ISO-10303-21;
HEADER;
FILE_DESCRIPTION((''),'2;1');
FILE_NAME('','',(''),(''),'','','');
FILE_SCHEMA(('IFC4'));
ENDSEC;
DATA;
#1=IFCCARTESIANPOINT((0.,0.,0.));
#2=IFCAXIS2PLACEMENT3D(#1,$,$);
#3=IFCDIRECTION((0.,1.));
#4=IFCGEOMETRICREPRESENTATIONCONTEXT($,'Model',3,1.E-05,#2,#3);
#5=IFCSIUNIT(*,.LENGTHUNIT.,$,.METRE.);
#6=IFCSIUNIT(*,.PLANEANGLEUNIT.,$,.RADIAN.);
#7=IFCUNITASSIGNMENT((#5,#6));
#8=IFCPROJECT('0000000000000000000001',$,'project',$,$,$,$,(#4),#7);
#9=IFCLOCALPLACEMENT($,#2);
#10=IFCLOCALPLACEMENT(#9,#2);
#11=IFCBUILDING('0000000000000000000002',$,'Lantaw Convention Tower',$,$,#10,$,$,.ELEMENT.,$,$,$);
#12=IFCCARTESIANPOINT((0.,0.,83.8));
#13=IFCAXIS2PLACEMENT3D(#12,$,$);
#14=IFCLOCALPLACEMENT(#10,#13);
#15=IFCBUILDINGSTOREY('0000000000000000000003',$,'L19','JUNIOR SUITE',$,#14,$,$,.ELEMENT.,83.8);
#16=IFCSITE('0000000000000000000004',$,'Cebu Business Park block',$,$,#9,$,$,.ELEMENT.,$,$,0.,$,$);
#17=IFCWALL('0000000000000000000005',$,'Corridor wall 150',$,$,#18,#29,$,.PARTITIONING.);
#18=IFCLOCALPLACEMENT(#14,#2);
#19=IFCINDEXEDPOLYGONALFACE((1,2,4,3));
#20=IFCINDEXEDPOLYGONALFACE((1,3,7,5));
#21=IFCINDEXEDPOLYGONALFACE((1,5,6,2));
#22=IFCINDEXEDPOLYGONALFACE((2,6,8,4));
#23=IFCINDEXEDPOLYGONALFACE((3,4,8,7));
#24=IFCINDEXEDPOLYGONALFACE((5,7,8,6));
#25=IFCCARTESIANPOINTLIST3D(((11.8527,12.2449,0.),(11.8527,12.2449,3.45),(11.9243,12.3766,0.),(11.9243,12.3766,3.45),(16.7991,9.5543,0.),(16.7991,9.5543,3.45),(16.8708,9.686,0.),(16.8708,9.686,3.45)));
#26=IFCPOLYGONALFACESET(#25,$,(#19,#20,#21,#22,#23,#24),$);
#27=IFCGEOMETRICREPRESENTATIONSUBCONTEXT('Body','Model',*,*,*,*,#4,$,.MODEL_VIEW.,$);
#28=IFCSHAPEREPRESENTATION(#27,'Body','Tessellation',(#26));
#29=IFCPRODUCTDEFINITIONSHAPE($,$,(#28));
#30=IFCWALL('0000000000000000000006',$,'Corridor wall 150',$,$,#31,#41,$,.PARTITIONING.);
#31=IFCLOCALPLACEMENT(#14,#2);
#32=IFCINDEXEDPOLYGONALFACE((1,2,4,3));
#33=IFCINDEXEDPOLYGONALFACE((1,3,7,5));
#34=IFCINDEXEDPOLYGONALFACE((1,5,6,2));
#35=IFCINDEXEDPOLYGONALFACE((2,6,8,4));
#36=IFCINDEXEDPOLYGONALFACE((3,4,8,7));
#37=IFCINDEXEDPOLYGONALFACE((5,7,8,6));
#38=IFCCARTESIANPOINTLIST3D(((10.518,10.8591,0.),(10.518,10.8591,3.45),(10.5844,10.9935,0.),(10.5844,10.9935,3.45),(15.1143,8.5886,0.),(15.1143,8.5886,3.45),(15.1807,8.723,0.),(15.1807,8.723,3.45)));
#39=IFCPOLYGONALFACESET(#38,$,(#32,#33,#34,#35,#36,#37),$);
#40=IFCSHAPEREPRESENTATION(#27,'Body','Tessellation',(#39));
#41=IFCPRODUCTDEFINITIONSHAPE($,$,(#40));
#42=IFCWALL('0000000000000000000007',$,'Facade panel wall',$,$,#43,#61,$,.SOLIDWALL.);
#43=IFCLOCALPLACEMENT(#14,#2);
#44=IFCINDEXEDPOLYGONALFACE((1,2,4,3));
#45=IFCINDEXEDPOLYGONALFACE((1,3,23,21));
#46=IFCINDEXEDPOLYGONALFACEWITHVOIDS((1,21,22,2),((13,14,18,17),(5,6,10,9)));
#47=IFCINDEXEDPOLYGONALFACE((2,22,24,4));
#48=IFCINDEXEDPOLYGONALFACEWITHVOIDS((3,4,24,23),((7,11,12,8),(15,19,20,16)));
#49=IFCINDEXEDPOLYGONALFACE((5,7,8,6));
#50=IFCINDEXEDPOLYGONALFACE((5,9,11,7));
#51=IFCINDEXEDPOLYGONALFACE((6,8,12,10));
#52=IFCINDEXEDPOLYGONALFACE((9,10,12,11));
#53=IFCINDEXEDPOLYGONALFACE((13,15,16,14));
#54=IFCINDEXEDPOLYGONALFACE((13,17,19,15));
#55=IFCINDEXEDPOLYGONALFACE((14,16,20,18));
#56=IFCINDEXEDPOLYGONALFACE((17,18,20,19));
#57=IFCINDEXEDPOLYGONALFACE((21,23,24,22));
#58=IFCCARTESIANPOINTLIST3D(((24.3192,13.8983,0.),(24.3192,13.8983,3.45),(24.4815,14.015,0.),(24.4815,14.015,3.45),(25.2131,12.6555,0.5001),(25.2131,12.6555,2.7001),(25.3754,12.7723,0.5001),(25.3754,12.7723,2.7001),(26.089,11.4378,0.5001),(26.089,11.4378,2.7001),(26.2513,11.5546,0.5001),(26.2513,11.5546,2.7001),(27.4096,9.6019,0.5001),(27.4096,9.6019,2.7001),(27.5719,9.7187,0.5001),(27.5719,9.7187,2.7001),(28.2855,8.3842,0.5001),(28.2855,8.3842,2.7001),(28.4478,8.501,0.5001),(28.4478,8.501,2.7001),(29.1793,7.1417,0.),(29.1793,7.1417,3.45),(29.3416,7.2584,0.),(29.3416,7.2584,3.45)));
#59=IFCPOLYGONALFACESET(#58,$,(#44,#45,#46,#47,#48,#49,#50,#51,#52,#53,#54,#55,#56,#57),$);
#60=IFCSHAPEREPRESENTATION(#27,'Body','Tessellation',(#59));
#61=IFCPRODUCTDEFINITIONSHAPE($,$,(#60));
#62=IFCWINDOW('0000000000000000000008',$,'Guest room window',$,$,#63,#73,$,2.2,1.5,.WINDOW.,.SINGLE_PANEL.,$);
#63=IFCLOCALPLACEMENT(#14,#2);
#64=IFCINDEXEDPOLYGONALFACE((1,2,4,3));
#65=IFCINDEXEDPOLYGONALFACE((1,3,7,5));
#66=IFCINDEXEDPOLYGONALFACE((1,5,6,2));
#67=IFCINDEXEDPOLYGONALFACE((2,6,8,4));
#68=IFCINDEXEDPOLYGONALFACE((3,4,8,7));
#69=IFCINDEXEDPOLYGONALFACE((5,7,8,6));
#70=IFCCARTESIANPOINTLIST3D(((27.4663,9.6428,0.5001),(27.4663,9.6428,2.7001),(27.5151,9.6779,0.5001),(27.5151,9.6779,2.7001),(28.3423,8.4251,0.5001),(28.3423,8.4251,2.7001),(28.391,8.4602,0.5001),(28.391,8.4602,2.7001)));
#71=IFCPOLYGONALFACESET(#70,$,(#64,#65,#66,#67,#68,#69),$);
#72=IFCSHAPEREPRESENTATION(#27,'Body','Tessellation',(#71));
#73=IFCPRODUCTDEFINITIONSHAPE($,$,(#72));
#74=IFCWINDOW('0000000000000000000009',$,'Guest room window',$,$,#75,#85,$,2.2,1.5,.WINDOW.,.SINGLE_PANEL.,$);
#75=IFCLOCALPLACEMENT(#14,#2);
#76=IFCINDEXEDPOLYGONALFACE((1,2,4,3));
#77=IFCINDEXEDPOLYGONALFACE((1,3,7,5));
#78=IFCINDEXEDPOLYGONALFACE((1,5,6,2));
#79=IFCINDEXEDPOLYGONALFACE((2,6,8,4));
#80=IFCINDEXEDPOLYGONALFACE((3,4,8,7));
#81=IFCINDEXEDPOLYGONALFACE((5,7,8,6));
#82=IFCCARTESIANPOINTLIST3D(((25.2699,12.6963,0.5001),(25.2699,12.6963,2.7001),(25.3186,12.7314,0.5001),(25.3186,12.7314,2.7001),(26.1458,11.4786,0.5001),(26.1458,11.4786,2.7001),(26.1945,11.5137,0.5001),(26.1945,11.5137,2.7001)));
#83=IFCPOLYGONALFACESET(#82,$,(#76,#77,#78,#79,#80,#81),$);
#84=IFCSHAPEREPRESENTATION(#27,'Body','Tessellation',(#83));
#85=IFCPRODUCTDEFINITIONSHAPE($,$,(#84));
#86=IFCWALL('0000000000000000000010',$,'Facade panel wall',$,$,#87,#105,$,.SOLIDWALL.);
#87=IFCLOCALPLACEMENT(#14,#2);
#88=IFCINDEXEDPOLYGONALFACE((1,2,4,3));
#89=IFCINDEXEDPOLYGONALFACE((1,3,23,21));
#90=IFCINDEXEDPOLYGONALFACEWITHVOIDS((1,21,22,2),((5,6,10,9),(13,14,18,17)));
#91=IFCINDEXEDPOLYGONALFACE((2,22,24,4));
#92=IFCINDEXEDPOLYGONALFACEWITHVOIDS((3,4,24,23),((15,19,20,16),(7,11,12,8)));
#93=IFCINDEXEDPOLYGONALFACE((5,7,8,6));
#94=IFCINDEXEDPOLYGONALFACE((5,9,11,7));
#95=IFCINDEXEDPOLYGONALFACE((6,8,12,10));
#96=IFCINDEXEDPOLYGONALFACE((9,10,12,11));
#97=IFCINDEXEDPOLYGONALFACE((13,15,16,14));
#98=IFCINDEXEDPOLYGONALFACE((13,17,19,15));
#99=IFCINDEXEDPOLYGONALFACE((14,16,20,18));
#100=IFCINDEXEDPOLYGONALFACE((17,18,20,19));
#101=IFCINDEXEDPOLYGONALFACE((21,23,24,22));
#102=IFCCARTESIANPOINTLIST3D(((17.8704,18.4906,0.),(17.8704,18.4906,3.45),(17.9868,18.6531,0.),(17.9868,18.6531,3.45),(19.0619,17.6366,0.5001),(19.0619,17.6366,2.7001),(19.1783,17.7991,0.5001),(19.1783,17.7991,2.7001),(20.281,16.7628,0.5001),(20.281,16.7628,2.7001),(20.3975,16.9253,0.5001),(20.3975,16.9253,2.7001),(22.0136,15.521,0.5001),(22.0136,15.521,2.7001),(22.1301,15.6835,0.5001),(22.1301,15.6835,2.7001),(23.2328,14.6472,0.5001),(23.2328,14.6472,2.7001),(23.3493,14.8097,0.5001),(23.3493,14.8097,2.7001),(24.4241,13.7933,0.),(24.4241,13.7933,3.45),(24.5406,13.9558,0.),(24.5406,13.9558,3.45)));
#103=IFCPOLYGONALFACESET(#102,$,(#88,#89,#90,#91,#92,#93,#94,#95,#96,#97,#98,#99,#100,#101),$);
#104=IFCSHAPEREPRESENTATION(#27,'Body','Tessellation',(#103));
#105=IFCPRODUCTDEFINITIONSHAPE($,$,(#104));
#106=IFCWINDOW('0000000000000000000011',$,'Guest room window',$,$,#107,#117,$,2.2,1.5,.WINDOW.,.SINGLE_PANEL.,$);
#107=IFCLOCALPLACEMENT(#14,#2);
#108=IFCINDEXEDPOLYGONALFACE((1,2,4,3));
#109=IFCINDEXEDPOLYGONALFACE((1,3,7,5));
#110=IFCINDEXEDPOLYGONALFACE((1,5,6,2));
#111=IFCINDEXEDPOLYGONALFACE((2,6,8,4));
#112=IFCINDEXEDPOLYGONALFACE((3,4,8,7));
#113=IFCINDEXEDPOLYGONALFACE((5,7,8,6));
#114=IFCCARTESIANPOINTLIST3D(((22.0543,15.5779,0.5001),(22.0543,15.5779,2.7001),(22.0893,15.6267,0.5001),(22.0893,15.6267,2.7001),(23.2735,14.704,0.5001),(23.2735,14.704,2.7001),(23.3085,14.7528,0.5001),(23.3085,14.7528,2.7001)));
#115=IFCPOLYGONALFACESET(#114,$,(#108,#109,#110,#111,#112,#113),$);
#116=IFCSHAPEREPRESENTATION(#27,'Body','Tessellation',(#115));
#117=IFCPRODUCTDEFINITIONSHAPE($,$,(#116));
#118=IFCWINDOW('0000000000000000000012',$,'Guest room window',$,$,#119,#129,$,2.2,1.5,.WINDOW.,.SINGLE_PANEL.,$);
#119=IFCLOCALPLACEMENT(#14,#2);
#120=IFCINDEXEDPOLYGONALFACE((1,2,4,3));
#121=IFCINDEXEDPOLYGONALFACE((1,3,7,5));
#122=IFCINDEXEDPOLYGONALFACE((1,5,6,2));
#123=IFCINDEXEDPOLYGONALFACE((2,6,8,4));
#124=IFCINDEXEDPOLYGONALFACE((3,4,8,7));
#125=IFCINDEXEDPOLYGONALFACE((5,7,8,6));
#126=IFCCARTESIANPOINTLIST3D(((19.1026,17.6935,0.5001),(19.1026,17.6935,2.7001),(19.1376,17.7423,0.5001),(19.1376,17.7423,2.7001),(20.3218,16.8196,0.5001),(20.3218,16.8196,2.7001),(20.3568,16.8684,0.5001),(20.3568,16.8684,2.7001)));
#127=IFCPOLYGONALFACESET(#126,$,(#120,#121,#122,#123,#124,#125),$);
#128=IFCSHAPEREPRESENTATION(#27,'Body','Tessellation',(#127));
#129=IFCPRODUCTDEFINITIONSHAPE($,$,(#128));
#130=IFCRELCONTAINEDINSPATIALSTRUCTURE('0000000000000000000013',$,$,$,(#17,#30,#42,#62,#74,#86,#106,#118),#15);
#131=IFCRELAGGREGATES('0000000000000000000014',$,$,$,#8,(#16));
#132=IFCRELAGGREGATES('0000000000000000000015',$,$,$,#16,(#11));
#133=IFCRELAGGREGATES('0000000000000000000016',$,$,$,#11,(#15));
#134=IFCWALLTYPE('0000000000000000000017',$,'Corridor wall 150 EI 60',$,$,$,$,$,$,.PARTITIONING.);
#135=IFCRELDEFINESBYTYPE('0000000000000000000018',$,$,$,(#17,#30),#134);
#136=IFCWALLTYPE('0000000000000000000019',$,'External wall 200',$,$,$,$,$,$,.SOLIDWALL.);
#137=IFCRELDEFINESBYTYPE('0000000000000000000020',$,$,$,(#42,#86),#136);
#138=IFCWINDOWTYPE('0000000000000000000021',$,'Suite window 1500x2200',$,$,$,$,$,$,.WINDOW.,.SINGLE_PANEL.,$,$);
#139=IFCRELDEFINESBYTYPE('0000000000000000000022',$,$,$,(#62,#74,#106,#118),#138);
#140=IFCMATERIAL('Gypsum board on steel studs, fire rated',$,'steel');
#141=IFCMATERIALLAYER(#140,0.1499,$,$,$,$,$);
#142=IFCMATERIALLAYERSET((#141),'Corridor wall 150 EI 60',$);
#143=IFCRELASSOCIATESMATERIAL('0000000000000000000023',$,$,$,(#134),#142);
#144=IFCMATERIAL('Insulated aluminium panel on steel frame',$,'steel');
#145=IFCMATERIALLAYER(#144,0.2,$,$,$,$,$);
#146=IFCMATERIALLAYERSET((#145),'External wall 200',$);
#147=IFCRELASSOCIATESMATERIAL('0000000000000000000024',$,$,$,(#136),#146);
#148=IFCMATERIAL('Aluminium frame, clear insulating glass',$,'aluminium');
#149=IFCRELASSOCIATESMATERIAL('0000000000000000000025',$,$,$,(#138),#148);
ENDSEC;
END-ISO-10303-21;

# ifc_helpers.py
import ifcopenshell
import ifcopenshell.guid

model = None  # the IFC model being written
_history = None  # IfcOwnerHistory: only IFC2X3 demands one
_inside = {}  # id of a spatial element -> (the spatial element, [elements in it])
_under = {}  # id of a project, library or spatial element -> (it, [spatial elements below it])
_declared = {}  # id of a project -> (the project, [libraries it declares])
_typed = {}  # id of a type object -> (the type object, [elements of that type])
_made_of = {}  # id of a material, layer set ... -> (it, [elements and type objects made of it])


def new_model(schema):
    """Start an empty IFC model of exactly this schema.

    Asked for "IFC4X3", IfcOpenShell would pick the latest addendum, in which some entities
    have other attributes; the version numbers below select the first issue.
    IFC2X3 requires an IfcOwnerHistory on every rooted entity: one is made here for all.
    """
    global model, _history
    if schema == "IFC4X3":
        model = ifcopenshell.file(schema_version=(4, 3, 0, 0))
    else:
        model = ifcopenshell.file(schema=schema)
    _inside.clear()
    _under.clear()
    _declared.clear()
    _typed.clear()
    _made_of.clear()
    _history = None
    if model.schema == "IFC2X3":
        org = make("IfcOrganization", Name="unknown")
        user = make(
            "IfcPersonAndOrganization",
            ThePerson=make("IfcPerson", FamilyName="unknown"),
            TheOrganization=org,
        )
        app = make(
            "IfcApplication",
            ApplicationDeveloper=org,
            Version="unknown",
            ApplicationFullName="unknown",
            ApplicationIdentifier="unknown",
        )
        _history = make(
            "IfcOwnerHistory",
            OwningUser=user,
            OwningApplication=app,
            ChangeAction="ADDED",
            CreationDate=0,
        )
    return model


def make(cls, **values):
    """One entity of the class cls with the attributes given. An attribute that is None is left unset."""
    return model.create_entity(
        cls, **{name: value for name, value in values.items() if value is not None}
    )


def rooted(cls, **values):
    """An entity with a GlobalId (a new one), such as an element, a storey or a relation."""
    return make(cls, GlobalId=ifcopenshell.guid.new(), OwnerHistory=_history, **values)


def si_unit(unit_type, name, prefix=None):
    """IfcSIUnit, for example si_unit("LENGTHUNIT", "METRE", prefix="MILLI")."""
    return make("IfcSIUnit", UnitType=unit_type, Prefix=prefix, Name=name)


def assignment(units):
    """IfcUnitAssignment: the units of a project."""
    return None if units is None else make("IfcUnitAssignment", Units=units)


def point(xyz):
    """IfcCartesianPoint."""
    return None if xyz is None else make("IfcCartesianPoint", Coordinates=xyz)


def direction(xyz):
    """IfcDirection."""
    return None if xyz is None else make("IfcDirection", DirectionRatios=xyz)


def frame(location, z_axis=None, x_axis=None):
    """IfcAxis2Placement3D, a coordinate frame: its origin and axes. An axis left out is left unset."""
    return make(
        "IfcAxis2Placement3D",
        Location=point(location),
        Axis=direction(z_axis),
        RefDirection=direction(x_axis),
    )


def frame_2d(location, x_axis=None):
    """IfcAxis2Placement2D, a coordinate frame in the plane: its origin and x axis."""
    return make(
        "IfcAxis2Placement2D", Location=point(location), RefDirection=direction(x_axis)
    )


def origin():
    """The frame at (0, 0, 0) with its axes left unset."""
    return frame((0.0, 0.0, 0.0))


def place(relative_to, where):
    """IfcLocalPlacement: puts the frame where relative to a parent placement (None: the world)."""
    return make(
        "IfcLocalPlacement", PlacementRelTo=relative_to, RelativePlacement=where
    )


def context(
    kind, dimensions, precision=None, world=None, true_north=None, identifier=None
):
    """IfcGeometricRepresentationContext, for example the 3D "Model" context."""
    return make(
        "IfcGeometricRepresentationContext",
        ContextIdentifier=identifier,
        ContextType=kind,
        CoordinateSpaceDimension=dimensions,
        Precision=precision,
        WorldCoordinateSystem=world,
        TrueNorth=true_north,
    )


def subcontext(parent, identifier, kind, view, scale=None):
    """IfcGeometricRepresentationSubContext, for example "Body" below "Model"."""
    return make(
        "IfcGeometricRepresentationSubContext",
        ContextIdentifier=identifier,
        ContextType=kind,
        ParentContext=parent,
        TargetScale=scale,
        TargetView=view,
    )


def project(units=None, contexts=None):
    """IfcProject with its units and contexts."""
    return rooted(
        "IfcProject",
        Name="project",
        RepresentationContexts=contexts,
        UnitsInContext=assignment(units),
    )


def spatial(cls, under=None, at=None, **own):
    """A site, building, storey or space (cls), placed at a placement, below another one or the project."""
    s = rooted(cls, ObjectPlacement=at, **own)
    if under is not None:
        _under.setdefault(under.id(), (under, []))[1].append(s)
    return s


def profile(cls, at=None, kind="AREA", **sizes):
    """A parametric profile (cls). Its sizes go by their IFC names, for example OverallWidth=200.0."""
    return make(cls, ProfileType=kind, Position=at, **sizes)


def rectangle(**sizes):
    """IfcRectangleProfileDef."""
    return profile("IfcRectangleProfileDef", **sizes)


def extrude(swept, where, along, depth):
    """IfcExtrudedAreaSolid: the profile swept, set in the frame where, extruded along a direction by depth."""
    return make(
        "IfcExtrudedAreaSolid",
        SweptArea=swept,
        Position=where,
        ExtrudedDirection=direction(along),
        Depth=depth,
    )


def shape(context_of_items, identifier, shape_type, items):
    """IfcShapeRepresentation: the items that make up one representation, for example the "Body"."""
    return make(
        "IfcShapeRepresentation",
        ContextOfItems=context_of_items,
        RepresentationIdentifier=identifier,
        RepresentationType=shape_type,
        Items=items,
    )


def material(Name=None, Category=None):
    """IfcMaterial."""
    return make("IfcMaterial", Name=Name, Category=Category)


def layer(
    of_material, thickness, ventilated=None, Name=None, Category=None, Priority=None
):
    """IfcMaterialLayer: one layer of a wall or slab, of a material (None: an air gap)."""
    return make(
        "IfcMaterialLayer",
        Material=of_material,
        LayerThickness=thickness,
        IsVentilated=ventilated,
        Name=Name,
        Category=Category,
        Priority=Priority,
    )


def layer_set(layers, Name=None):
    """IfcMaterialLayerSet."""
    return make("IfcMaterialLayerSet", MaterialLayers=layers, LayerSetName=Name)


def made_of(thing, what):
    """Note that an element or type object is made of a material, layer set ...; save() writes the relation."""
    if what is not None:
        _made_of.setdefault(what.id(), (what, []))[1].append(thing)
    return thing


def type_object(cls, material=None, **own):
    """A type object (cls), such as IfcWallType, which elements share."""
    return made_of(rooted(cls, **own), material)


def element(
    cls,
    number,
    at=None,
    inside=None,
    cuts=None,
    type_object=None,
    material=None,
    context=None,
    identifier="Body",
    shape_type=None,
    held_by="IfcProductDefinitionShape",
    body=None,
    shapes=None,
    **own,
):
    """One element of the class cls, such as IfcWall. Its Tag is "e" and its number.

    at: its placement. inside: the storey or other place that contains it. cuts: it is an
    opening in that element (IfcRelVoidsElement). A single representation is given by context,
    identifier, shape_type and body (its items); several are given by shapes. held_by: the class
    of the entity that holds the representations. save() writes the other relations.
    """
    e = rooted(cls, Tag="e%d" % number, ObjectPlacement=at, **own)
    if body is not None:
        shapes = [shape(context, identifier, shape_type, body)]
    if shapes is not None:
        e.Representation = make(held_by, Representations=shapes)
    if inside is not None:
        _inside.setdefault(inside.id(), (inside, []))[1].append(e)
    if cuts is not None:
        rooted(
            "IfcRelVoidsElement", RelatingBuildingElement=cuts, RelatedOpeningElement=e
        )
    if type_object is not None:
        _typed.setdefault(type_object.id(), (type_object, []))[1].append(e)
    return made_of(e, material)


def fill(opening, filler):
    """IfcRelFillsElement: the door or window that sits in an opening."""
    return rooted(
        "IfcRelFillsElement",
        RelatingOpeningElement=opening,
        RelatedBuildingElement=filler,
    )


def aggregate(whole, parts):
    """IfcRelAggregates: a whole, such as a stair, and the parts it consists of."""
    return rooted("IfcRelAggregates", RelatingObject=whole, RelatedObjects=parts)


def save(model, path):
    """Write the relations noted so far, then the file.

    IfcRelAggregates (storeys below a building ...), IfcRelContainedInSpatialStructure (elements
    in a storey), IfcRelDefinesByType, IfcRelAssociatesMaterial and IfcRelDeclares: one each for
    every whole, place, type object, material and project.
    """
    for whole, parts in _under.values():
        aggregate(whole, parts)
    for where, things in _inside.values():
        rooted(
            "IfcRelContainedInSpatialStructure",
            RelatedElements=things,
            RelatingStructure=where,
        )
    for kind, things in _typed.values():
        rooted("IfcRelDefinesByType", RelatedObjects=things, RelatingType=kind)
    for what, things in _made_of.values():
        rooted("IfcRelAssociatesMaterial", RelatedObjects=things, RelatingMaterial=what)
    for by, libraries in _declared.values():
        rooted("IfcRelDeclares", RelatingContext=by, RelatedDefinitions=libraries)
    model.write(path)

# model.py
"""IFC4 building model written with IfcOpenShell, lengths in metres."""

from ifc_helpers import new_model, si_unit, direction, frame, frame_2d, origin, place, context, subcontext, project, spatial, rectangle, extrude, material, layer, layer_set, type_object, element, fill, save


model = new_model("IFC4")

# Units and contexts
model_context = context("Model", 3, precision=1e-05, world=origin(), true_north=direction((0.0, 1.0)))
body_context = subcontext(model_context, "Body", "Model", "MODEL_VIEW")
ifc_project = project(units=[si_unit("LENGTHUNIT", "METRE"), si_unit("PLANEANGLEUNIT", "RADIAN")], contexts=[model_context])

# Site, building, storey
site_placement = place(None, origin())
site = spatial("IfcSite", under=ifc_project, at=site_placement, Name="Cebu Business Park block", CompositionType="ELEMENT", RefElevation=0.0)
building_placement = place(site_placement, origin())
building = spatial("IfcBuilding", under=site, at=building_placement, Name="Lantaw Convention Tower", CompositionType="ELEMENT")
storey_placement = place(building_placement, frame((0.0, 0.0, 83.8)))
storey = spatial("IfcBuildingStorey", under=building, at=storey_placement, Name="L19", Description="JUNIOR SUITE", CompositionType="ELEMENT", Elevation=83.8)

# Walls
ifc_material_1 = material(Name="Gypsum board on steel studs, fire rated", Category="steel")
ifc_layer_1 = layer(ifc_material_1, 0.1499)
ifc_layer_set_1 = layer_set([ifc_layer_1], Name="Corridor wall 150 EI 60")
wall_type_1 = type_object("IfcWallType", Name="Corridor wall 150 EI 60", PredefinedType="PARTITIONING", material=ifc_layer_set_1)
wall_1_placement = place(storey_placement, frame((16.835, 9.6201, 0.0), z_axis=(0.0, 0.0, 1.0), x_axis=(-0.87845, 0.477834, 0.0)))
element("IfcWall", 1, at=wall_1_placement, inside=storey, type_object=wall_type_1, Name="Corridor wall 150", PredefinedType="PARTITIONING", context=body_context, shape_type="SweptSolid", body=[
    extrude(rectangle(XDim=5.6309, YDim=0.1499, at=frame_2d((2.8154, 0.0))), origin(), (0.0, 0.0, 1.0), 3.45),
])
wall_2_placement = place(storey_placement, frame((15.1475, 8.6558, 0.0), z_axis=(0.0, 0.0, 1.0), x_axis=(-0.896569, 0.442903, 0.0)))
element("IfcWall", 2, at=wall_2_placement, inside=storey, type_object=wall_type_1, Name="Corridor wall 150", PredefinedType="PARTITIONING", context=body_context, shape_type="SweptSolid", body=[
    extrude(rectangle(XDim=5.1265, YDim=0.1499, at=frame_2d((2.5632, 0.0))), origin(), (0.0, 0.0, 1.0), 3.45),
])

# Walls, openings, windows
ifc_material_2 = material(Name="Insulated aluminium panel on steel frame", Category="steel")
ifc_layer_2 = layer(ifc_material_2, 0.2)
ifc_layer_set_2 = layer_set([ifc_layer_2], Name="External wall 200")
wall_type_2 = type_object("IfcWallType", Name="External wall 200", PredefinedType="SOLIDWALL", material=ifc_layer_set_2)
wall_3_placement = place(storey_placement, frame((29.2605, 7.2, 0.0), z_axis=(0.0, 0.0, 1.0), x_axis=(-0.583938, 0.811799, 0.0)))
wall_3 = element("IfcWall", 3, at=wall_3_placement, inside=storey, type_object=wall_type_2, Name="Facade panel wall", PredefinedType="SOLIDWALL", context=body_context, shape_type="SweptSolid", body=[
    extrude(rectangle(XDim=8.323, YDim=0.2, at=frame_2d((4.1616, 0.0))), origin(), (0.0, 0.0, 1.0), 3.45),
])
opening_1_placement = place(wall_3_placement, frame((1.5308, 0.0, 0.5)))
opening_1 = element("IfcOpeningElement", 4, at=opening_1_placement, cuts=wall_3, PredefinedType="OPENING", context=body_context, shape_type="SweptSolid", body=[
    extrude(rectangle(XDim=1.5, YDim=2.2, at=frame_2d((0.75, 1.1001))), frame((0.0, 0.1099, 0.0), z_axis=(0.0, -1.0, 0.0), x_axis=(1.0, 0.0, 0.0)), (0.0, 0.0, 1.0), 0.22),
])
opening_2_placement = place(wall_3_placement, frame((5.2922, 0.0, 0.5)))
opening_2 = element("IfcOpeningElement", 5, at=opening_2_placement, cuts=wall_3, PredefinedType="OPENING", context=body_context, shape_type="SweptSolid", body=[
    extrude(rectangle(XDim=1.5, YDim=2.2, at=frame_2d((0.75, 1.1001))), frame((0.0, 0.1099, 0.0), z_axis=(0.0, -1.0, 0.0), x_axis=(1.0, 0.0, 0.0)), (0.0, 0.0, 1.0), 0.22),
])
ifc_material_3 = material(Name="Aluminium frame, clear insulating glass", Category="aluminium")
window_type = type_object("IfcWindowType", Name="Suite window 1500x2200", PartitioningType="SINGLE_PANEL", PredefinedType="WINDOW", material=ifc_material_3)
window_1_placement = place(opening_1_placement, origin())
window_1 = element("IfcWindow", 6, at=window_1_placement, inside=storey, type_object=window_type, Name="Guest room window", OverallHeight=2.2, OverallWidth=1.5, PartitioningType="SINGLE_PANEL", PredefinedType="WINDOW", context=body_context, shape_type="SweptSolid", body=[
    extrude(rectangle(XDim=1.5, YDim=2.2, at=frame_2d((0.75, 1.1001))), frame((0.0, 0.03, 0.0), z_axis=(0.0, -1.0, 0.0), x_axis=(1.0, 0.0, 0.0)), (0.0, 0.0, 1.0), 0.0601),
])
fill(opening_1, window_1)
window_2_placement = place(opening_2_placement, origin())
window_2 = element("IfcWindow", 7, at=window_2_placement, inside=storey, type_object=window_type, Name="Guest room window", OverallHeight=2.2, OverallWidth=1.5, PartitioningType="SINGLE_PANEL", PredefinedType="WINDOW", context=body_context, shape_type="SweptSolid", body=[
    extrude(rectangle(XDim=1.5, YDim=2.2, at=frame_2d((0.75, 1.1001))), frame((0.0, 0.03, 0.0), z_axis=(0.0, -1.0, 0.0), x_axis=(1.0, 0.0, 0.0)), (0.0, 0.0, 1.0), 0.0601),
])
fill(opening_2, window_2)
wall_4_placement = place(storey_placement, frame((24.4824, 13.8745, 0.0), z_axis=(0.0, 0.0, 1.0), x_axis=(-0.812791, 0.582555, 0.0)))
wall_4 = element("IfcWall", 8, at=wall_4_placement, inside=storey, type_object=wall_type_2, Name="Facade panel wall", PredefinedType="SOLIDWALL", context=body_context, shape_type="SweptSolid", body=[
    extrude(rectangle(XDim=8.0632, YDim=0.2, at=frame_2d((4.0317, 0.0))), origin(), (0.0, 0.0, 1.0), 3.45),
])
opening_3_placement = place(wall_4_placement, frame((1.4658, 0.0, 0.5)))
opening_3 = element("IfcOpeningElement", 9, at=opening_3_placement, cuts=wall_4, PredefinedType="OPENING", context=body_context, shape_type="SweptSolid", body=[
    extrude(rectangle(XDim=1.5, YDim=2.2, at=frame_2d((0.75, 1.1001))), frame((0.0, 0.1099, 0.0), z_axis=(0.0, -1.0, 0.0), x_axis=(1.0, 0.0, 0.0)), (0.0, 0.0, 1.0), 0.22),
])
opening_4_placement = place(wall_4_placement, frame((5.0974, 0.0, 0.5)))
opening_4 = element("IfcOpeningElement", 10, at=opening_4_placement, cuts=wall_4, PredefinedType="OPENING", context=body_context, shape_type="SweptSolid", body=[
    extrude(rectangle(XDim=1.5, YDim=2.2, at=frame_2d((0.75, 1.1001))), frame((0.0, 0.1099, 0.0), z_axis=(0.0, -1.0, 0.0), x_axis=(1.0, 0.0, 0.0)), (0.0, 0.0, 1.0), 0.22),
])
window_3_placement = place(opening_3_placement, origin())
window_3 = element("IfcWindow", 11, at=window_3_placement, inside=storey, type_object=window_type, Name="Guest room window", OverallHeight=2.2, OverallWidth=1.5, PartitioningType="SINGLE_PANEL", PredefinedType="WINDOW", context=body_context, shape_type="SweptSolid", body=[
    extrude(rectangle(XDim=1.5, YDim=2.2, at=frame_2d((0.75, 1.1001))), frame((0.0, 0.03, 0.0), z_axis=(0.0, -1.0, 0.0), x_axis=(1.0, 0.0, 0.0)), (0.0, 0.0, 1.0), 0.0601),
])
fill(opening_3, window_3)
window_4_placement = place(opening_4_placement, origin())
window_4 = element("IfcWindow", 12, at=window_4_placement, inside=storey, type_object=window_type, Name="Guest room window", OverallHeight=2.2, OverallWidth=1.5, PartitioningType="SINGLE_PANEL", PredefinedType="WINDOW", context=body_context, shape_type="SweptSolid", body=[
    extrude(rectangle(XDim=1.5, YDim=2.2, at=frame_2d((0.75, 1.1001))), frame((0.0, 0.03, 0.0), z_axis=(0.0, -1.0, 0.0), x_axis=(1.0, 0.0, 0.0)), (0.0, 0.0, 1.0), 0.0601),
])
fill(opening_4, window_4)

save(model, "model.ifc")
